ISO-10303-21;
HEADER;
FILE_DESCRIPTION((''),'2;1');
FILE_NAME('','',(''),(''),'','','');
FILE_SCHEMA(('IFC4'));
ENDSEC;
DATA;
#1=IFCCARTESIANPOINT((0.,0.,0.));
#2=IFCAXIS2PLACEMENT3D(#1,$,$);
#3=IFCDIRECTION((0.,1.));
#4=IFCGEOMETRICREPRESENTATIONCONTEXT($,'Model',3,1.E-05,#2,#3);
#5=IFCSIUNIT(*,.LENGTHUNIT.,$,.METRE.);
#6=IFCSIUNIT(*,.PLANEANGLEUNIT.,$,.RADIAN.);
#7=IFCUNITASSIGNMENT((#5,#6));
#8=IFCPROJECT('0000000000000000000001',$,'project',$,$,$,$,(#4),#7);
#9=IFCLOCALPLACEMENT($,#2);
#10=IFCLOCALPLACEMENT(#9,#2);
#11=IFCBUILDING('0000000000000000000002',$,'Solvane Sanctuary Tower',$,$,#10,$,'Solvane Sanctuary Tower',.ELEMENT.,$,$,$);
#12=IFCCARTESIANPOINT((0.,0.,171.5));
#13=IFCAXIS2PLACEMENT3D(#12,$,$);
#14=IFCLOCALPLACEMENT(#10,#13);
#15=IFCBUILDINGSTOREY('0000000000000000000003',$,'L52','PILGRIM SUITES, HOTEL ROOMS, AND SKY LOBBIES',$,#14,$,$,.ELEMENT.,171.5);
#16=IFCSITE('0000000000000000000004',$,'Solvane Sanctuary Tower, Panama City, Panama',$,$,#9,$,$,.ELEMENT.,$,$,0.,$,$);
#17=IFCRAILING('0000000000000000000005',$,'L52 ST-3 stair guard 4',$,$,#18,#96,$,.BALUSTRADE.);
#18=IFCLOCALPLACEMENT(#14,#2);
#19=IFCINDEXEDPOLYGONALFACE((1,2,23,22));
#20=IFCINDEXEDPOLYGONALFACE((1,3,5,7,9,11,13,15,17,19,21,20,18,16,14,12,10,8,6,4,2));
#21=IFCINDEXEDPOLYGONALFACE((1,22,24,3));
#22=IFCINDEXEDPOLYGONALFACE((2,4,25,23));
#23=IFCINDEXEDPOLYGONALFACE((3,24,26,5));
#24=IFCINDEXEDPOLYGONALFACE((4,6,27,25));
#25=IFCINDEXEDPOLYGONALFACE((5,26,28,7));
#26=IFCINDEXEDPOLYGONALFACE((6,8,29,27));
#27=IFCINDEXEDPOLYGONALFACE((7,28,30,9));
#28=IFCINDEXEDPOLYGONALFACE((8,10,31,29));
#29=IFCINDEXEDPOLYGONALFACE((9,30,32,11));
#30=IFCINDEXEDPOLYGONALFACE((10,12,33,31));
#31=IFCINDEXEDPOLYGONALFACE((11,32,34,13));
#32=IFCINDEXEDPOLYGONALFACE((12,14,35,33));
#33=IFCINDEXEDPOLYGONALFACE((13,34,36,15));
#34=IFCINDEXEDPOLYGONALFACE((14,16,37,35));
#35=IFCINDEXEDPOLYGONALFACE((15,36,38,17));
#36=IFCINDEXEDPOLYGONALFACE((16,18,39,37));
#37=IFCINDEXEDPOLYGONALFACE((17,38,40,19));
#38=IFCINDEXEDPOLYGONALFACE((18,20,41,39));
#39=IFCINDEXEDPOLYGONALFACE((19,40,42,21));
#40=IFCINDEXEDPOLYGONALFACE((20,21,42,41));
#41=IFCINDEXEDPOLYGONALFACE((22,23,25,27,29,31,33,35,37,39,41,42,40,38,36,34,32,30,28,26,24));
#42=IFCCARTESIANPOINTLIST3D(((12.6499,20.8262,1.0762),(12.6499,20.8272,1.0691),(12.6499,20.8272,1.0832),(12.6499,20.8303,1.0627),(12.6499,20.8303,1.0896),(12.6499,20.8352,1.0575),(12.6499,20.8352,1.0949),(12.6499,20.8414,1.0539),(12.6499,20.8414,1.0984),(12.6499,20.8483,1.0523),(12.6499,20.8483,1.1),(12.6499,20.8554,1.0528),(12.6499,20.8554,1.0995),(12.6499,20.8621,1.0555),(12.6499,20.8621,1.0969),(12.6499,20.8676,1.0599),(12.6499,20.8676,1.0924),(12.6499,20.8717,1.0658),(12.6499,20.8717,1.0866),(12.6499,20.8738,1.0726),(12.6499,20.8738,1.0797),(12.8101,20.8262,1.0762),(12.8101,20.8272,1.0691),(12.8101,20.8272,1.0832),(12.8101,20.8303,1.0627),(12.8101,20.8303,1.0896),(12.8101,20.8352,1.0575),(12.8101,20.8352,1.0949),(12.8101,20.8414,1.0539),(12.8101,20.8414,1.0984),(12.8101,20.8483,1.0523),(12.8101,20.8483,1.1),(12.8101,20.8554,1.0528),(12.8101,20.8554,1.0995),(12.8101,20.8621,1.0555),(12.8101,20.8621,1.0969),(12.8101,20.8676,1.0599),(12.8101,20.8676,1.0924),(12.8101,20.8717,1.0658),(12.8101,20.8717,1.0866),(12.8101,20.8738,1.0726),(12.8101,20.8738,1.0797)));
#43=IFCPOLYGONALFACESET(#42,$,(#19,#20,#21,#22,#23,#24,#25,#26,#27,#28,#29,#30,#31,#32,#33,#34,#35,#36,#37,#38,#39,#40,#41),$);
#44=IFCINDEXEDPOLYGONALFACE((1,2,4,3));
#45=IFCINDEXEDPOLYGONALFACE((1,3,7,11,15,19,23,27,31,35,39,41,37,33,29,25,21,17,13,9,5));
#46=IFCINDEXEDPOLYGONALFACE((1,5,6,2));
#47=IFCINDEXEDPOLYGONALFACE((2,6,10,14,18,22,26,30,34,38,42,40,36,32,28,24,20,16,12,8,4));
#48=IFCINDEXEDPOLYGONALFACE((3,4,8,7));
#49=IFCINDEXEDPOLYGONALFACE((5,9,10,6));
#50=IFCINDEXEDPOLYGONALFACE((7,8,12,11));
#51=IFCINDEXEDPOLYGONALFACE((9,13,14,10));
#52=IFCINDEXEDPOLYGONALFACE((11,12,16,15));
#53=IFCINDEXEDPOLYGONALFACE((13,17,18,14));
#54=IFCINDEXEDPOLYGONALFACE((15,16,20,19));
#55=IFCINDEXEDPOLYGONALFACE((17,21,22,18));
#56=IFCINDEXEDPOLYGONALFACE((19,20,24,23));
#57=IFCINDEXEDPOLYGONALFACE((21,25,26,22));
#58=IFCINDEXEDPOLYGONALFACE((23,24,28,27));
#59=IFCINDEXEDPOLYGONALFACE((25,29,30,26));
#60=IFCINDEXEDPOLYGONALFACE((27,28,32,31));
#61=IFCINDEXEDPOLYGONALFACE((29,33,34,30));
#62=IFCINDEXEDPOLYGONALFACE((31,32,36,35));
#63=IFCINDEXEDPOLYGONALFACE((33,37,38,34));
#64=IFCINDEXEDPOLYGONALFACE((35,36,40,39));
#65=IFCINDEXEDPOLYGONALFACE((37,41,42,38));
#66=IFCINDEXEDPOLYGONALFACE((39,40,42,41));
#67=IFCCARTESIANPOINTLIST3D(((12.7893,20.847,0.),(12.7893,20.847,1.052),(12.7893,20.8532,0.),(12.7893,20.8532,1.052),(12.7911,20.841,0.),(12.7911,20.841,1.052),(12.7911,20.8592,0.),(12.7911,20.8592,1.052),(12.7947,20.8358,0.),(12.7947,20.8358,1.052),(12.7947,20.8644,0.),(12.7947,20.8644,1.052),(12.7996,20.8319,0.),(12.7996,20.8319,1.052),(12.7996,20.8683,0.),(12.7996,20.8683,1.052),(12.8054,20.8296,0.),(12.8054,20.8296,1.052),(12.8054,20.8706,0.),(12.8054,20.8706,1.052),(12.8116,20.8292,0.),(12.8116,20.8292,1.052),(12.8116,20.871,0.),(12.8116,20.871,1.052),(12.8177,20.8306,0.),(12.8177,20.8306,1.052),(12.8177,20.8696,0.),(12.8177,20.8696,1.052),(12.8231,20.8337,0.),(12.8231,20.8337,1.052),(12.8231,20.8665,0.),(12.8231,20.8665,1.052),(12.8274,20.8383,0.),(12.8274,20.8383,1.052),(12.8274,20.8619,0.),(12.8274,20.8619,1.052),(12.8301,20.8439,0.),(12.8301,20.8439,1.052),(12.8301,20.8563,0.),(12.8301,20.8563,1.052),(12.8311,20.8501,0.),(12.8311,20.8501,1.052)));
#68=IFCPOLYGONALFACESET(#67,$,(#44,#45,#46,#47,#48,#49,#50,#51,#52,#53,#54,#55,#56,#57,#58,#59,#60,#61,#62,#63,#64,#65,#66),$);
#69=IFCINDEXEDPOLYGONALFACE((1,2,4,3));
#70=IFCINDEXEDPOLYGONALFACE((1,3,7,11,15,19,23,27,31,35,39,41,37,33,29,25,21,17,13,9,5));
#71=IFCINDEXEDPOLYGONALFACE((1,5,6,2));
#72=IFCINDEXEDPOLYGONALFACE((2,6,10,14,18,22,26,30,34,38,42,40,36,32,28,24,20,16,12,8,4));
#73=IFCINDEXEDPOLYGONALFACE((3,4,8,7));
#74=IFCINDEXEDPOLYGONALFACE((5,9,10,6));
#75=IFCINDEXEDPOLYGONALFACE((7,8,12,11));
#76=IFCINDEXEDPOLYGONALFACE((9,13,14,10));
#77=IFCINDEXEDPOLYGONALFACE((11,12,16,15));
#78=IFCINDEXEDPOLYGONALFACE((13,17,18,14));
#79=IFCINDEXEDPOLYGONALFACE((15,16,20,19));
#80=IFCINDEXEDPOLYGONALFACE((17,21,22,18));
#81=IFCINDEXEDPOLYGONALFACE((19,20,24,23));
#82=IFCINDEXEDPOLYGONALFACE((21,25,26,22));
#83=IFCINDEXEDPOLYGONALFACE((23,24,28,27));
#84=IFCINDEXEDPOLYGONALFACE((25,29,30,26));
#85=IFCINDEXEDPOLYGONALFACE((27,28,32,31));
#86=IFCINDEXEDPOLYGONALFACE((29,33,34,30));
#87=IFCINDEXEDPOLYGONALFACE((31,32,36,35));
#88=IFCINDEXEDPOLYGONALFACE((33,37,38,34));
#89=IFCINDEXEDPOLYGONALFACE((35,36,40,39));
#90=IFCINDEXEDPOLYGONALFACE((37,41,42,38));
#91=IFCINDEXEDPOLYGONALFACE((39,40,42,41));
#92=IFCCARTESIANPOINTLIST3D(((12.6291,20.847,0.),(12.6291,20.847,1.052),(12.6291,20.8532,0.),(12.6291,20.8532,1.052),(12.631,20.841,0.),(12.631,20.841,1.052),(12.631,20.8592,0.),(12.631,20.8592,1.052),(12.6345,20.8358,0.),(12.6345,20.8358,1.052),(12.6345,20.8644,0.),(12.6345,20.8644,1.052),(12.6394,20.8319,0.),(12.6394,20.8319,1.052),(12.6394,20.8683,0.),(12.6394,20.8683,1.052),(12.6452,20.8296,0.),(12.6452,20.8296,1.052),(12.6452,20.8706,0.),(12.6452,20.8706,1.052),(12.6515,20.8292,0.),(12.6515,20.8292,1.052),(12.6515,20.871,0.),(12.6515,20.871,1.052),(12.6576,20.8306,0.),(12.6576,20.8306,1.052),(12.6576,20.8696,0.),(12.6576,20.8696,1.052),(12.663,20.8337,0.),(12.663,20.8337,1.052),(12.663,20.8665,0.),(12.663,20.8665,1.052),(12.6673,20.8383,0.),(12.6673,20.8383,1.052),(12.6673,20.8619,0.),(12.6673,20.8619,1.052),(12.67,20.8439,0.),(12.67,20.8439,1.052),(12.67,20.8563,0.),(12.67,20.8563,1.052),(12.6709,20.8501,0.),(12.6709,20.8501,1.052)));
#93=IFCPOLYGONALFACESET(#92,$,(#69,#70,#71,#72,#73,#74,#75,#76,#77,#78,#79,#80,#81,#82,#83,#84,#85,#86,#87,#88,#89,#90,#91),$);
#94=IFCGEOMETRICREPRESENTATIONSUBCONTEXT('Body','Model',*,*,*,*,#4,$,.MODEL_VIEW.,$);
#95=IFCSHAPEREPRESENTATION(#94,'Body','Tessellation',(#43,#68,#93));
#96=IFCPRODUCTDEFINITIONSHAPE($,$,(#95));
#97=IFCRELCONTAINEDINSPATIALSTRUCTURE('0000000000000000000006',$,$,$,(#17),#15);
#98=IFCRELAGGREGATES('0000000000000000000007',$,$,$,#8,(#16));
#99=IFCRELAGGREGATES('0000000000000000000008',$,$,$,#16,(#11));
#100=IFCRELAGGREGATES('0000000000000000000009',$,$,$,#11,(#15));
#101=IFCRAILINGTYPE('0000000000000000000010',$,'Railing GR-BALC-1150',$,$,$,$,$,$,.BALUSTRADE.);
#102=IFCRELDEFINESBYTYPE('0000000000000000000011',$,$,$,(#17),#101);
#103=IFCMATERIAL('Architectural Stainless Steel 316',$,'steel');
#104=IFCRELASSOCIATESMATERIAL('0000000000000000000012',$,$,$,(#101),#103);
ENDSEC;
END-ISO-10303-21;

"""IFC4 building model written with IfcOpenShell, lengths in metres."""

from ifc_helpers import new_model, si_unit, direction, frame, origin, origin_2d, place, context, subcontext, project, spatial, circle, extrude, material, type_object, element, save


model = new_model("IFC4")

# Units and contexts
model_context = context("Model", 3, precision=1e-05, world=origin(), true_north=direction((0.0, 1.0)))
body_context = subcontext(model_context, "Body", "Model", "MODEL_VIEW")
ifc_project = project(units=[si_unit("LENGTHUNIT", "METRE"), si_unit("PLANEANGLEUNIT", "RADIAN")], contexts=[model_context])

# Site, building, storey
site_placement = place(None, origin())
site = spatial("IfcSite", under=ifc_project, at=site_placement, Name="Solvane Sanctuary Tower, Panama City, Panama", CompositionType="ELEMENT", RefElevation=0.0)
building_placement = place(site_placement, origin())
building = spatial("IfcBuilding", under=site, at=building_placement, Name="Solvane Sanctuary Tower", LongName="Solvane Sanctuary Tower", CompositionType="ELEMENT")
storey_placement = place(building_placement, frame((0.0, 0.0, 171.5)))
storey = spatial("IfcBuildingStorey", under=building, at=storey_placement, Name="L52", Description="PILGRIM SUITES, HOTEL ROOMS, AND SKY LOBBIES", CompositionType="ELEMENT", Elevation=171.5)

# Shared definitions
ifc_material_1 = material(Name="Architectural Stainless Steel 316", Category="steel")

# Railing
railing_type_1 = type_object("IfcRailingType", Name="Railing GR-BALC-1150", PredefinedType="BALUSTRADE", material=ifc_material_1)
railing_1_placement = place(storey_placement, frame((12.8101, 20.8501, 0.0)))
element("IfcRailing", 1, at=railing_1_placement, inside=storey, type_object=railing_type_1, Name="L52 ST-3 stair guard 4", PredefinedType="BALUSTRADE", context=body_context, shape_type="SweptSolid", body=[
    extrude(circle(Radius=0.0239, at=origin_2d()), frame((0.0, 0.0, 1.0762), z_axis=(-1.0, 0.0, 0.0), x_axis=(0.0, -1.0, 0.0)), (0.0, 0.0, 1.0), 0.1602),
    extrude(circle(Radius=0.021, at=origin_2d()), origin(), (0.0, 0.0, 1.0), 1.052),
    extrude(circle(Radius=0.021, at=origin_2d()), frame((-0.1602, 0.0, 0.0)), (0.0, 0.0, 1.0), 1.052),
])

save(model, "model.ifc")
